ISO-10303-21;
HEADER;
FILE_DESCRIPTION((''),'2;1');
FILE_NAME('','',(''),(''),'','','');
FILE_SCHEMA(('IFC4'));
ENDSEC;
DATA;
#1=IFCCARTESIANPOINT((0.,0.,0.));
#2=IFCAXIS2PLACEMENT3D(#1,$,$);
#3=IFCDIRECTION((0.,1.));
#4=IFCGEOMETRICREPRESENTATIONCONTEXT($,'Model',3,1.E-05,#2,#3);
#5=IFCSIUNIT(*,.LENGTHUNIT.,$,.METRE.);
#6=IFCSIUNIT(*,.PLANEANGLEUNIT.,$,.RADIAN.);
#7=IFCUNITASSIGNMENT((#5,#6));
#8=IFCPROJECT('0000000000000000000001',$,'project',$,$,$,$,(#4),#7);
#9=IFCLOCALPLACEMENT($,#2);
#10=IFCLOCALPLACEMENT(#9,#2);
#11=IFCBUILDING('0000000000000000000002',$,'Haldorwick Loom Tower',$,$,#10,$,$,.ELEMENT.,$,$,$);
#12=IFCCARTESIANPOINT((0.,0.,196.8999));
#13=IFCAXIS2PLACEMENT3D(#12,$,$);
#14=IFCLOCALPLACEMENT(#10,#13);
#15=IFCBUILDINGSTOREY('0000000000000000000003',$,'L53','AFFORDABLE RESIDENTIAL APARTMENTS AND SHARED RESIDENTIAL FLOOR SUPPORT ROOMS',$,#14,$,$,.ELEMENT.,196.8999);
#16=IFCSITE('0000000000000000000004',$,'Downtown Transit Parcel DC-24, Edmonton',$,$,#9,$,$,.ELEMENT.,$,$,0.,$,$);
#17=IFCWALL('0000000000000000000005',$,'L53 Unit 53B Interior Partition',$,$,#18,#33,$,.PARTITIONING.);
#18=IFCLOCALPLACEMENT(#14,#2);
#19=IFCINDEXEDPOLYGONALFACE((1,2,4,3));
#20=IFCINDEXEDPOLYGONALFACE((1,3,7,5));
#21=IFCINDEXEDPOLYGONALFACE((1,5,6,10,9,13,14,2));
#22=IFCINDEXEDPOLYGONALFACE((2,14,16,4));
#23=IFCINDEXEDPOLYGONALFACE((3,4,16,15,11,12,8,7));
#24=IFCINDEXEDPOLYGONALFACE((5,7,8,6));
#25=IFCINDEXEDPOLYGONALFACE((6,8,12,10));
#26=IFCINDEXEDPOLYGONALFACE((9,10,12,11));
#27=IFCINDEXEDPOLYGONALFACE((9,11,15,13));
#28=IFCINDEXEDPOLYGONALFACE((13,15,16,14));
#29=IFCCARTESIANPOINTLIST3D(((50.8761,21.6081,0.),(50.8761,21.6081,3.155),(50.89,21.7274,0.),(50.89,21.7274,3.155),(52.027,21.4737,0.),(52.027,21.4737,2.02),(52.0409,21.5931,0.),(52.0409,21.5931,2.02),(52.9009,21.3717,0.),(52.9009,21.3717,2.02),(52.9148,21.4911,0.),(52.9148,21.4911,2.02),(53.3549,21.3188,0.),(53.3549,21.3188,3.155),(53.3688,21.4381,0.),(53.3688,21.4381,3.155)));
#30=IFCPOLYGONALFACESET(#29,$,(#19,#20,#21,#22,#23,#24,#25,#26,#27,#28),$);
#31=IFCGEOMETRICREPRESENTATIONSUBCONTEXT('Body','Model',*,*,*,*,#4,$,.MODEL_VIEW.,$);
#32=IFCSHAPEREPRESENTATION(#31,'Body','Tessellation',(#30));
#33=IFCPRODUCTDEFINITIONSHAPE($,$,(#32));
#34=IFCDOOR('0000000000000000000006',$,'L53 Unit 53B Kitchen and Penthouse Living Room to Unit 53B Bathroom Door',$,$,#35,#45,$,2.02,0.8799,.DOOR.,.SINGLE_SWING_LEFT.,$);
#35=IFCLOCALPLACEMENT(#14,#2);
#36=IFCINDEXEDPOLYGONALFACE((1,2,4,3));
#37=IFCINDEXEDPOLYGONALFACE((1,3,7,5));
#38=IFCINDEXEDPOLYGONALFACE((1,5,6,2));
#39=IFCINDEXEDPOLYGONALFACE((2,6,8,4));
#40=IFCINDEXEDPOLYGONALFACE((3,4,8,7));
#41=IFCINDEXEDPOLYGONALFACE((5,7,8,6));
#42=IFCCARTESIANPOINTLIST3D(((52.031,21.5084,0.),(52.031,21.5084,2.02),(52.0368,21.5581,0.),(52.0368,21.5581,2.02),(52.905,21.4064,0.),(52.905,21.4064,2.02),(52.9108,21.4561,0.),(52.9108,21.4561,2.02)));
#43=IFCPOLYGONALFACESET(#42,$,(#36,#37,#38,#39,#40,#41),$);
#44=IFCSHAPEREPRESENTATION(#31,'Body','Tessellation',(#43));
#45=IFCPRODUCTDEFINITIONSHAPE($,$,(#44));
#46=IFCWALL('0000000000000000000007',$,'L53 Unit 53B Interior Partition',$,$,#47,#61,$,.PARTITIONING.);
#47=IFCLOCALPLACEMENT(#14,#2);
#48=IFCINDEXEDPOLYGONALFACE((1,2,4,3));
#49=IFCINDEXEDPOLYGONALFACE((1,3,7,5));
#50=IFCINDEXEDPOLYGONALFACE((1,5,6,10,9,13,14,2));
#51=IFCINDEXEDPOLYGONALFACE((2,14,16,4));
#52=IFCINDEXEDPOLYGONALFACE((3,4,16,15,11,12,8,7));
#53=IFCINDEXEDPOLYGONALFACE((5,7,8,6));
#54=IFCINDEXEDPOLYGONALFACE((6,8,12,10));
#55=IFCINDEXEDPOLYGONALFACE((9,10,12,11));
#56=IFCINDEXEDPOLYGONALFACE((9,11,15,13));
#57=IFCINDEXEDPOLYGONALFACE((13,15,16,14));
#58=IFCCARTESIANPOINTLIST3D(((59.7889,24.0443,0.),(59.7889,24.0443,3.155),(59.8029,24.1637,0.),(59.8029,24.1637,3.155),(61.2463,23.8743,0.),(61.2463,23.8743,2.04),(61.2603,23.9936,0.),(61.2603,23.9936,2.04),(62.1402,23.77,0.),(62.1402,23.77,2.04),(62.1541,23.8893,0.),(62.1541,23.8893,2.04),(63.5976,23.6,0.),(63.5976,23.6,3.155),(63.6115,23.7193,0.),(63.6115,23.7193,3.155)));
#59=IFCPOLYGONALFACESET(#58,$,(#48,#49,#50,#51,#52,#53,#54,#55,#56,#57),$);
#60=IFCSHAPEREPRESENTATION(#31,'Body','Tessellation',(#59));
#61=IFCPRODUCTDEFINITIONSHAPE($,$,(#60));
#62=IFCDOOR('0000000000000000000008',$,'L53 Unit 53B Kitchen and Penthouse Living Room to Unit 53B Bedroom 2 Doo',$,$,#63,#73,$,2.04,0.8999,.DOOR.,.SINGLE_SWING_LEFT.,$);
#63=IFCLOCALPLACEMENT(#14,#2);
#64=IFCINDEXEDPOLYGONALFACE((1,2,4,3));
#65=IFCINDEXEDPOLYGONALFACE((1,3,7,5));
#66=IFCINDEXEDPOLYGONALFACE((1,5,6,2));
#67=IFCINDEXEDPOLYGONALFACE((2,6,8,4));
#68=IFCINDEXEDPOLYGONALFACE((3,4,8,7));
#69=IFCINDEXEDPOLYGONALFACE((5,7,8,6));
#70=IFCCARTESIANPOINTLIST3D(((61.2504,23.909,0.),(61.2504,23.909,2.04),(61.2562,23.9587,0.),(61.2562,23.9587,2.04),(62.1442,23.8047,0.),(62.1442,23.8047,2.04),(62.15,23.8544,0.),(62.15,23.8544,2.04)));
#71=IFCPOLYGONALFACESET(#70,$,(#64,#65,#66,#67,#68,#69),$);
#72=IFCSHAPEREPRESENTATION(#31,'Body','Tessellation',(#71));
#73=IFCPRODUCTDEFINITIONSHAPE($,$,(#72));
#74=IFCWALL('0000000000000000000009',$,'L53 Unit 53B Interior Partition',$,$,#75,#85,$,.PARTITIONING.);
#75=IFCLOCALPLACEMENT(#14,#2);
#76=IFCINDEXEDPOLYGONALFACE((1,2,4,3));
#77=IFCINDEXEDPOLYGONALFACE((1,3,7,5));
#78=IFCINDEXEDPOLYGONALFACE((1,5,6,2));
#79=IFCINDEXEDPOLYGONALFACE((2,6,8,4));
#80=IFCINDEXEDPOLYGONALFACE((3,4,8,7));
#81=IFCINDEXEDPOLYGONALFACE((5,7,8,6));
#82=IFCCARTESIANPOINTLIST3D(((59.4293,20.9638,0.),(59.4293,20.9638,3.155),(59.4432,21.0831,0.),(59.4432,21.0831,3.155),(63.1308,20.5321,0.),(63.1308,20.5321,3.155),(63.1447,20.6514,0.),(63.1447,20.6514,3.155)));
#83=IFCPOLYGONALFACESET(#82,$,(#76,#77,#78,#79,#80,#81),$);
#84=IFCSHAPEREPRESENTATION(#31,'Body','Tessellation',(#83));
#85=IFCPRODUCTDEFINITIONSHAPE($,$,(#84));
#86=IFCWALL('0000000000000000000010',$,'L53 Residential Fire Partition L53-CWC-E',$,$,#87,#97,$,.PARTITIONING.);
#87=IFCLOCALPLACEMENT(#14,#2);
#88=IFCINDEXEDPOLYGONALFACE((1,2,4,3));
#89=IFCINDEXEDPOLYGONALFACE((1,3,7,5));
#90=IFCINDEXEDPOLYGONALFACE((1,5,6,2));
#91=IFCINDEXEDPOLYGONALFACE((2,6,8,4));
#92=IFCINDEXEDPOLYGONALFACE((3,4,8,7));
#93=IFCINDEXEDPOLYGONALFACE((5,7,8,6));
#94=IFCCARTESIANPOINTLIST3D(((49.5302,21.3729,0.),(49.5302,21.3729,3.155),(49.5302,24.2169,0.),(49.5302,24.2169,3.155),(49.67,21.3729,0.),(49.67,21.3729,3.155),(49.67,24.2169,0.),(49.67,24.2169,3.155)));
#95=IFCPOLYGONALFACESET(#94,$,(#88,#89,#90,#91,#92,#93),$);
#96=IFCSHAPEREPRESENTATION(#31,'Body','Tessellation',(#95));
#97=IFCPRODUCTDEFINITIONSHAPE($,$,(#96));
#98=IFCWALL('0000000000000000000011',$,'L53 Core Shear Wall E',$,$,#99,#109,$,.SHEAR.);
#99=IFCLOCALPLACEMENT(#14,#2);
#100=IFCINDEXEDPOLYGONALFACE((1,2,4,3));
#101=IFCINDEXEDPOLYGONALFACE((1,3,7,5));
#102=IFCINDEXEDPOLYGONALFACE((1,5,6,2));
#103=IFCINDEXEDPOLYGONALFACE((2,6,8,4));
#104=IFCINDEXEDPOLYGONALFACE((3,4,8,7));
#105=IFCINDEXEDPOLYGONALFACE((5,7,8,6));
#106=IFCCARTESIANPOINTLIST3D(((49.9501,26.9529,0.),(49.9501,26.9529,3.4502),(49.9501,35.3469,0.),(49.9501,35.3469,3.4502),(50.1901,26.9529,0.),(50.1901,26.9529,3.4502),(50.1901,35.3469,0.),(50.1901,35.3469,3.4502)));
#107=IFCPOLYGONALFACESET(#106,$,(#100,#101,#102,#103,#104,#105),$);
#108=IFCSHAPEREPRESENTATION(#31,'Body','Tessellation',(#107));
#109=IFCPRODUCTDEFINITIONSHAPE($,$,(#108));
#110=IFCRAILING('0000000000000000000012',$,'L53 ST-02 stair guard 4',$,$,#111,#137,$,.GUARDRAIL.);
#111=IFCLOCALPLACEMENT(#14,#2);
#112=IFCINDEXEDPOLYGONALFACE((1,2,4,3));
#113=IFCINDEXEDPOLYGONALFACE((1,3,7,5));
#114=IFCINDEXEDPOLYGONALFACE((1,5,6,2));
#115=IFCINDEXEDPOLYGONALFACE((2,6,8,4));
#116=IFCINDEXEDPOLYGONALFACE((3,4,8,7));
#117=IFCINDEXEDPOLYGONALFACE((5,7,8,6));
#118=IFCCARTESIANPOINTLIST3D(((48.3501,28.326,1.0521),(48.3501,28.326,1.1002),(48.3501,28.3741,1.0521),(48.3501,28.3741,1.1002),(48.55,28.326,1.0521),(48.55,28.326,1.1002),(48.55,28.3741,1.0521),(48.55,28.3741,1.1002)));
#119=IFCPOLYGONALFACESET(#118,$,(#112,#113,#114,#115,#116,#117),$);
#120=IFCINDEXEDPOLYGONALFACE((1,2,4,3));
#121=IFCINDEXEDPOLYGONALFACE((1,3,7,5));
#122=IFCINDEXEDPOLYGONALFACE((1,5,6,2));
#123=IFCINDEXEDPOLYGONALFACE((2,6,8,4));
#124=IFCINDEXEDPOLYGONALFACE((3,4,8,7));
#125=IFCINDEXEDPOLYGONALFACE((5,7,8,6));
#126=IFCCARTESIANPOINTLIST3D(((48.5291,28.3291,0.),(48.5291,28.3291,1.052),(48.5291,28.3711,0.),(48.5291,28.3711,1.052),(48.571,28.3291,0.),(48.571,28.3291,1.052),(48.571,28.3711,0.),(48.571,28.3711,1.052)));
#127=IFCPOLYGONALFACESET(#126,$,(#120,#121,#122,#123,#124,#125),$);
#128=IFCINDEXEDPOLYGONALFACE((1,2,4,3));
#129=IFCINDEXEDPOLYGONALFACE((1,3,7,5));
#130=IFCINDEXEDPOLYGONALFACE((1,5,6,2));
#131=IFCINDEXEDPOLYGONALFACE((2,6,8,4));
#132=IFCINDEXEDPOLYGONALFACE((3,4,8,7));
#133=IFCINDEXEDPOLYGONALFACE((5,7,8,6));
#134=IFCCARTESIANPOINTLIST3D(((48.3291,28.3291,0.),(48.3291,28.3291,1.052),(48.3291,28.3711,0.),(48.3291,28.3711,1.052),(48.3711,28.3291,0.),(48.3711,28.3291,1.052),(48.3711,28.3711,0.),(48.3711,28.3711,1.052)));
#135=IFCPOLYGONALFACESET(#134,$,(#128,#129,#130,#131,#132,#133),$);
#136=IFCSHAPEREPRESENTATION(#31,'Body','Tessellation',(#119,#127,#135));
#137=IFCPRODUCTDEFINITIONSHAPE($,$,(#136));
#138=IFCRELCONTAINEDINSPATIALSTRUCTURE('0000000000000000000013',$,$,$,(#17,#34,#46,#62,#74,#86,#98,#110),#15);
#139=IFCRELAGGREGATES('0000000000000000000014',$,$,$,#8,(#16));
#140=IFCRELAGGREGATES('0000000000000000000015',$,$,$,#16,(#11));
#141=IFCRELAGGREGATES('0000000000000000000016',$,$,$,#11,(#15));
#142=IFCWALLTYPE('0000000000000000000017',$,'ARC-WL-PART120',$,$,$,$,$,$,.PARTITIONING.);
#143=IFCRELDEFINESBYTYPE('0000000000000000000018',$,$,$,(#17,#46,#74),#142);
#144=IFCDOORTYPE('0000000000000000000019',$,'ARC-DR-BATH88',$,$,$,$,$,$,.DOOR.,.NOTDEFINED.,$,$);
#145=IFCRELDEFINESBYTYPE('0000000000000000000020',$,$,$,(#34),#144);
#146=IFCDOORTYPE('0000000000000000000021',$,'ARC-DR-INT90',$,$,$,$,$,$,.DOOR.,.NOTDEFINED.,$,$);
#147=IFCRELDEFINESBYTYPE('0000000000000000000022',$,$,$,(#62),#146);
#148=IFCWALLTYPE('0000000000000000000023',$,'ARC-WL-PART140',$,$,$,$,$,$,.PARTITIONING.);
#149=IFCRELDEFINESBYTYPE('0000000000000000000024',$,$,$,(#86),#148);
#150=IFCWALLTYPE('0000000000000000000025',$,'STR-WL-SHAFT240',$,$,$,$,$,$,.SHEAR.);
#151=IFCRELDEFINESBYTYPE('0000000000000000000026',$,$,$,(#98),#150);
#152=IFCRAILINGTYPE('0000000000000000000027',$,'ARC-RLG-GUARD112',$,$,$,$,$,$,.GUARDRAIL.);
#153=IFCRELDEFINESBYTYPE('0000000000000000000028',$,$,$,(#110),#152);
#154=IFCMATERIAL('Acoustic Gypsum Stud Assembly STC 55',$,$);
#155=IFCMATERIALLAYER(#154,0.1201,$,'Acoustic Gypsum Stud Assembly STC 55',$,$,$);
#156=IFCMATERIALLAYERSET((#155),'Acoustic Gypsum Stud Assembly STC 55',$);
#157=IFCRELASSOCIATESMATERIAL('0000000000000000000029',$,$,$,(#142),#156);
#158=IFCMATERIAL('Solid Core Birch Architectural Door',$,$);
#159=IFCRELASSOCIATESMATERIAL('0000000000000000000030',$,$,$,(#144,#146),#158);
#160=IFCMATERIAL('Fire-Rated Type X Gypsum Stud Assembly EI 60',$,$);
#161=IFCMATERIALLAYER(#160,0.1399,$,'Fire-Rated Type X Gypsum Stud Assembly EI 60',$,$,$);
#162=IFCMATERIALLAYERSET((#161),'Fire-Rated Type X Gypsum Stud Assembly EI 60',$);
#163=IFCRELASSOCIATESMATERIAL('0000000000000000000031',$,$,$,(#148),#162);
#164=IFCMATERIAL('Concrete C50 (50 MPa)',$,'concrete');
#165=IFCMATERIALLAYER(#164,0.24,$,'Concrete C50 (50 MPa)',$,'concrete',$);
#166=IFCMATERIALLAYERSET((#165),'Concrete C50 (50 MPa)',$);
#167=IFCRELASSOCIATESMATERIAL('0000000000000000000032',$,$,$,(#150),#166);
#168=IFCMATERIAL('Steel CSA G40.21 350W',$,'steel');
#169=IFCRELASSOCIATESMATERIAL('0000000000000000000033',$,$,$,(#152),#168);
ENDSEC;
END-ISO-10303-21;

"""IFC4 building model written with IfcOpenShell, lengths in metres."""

from ifc_helpers import new_model, si_unit, direction, frame, frame_2d, origin, origin_2d, place, context, subcontext, project, spatial, rectangle, extrude, material, layer, layer_set, type_object, element, fill, save


model = new_model("IFC4")

# Units and contexts
model_context = context("Model", 3, precision=1e-05, world=origin(), true_north=direction((0.0, 1.0)))
body_context = subcontext(model_context, "Body", "Model", "MODEL_VIEW")
ifc_project = project(units=[si_unit("LENGTHUNIT", "METRE"), si_unit("PLANEANGLEUNIT", "RADIAN")], contexts=[model_context])

# Site, building, storey
site_placement = place(None, origin())
site = spatial("IfcSite", under=ifc_project, at=site_placement, Name="Downtown Transit Parcel DC-24, Edmonton", CompositionType="ELEMENT", RefElevation=0.0)
building_placement = place(site_placement, origin())
building = spatial("IfcBuilding", under=site, at=building_placement, Name="Haldorwick Loom Tower", CompositionType="ELEMENT")
storey_placement = place(building_placement, frame((0.0, 0.0, 196.8999)))
storey = spatial("IfcBuildingStorey", under=building, at=storey_placement, Name="L53", Description="AFFORDABLE RESIDENTIAL APARTMENTS AND SHARED RESIDENTIAL FLOOR SUPPORT ROOMS", CompositionType="ELEMENT", Elevation=196.8999)

# Shared definitions
ifc_material_1 = material(Name="Steel CSA G40.21 350W", Category="steel")

# Shared definitions
ifc_material_2 = material(Name="Fire-Rated Type X Gypsum Stud Assembly EI 60")

# Walls, openings, doors
ifc_material_3 = material(Name="Acoustic Gypsum Stud Assembly STC 55")
ifc_layer_1 = layer(ifc_material_3, 0.1201, Name="Acoustic Gypsum Stud Assembly STC 55")
ifc_layer_set_1 = layer_set([ifc_layer_1], Name="Acoustic Gypsum Stud Assembly STC 55")
wall_type_1 = type_object("IfcWallType", Name="ARC-WL-PART120", PredefinedType="PARTITIONING", material=ifc_layer_set_1)
wall_1_placement = place(storey_placement, frame((50.8831, 21.6677, 0.0), z_axis=(0.0, 0.0, 1.0), x_axis=(0.993258, -0.115927, 0.0)))
wall_1 = element("IfcWall", 1, at=wall_1_placement, inside=storey, type_object=wall_type_1, Name="L53 Unit 53B Interior Partition", PredefinedType="PARTITIONING", context=body_context, shape_type="SweptSolid", body=[
    extrude(rectangle(XDim=2.4956, YDim=0.1201, at=frame_2d((1.2478, 0.0))), origin(), (0.0, 0.0, 1.0), 3.155),
])
opening_1_placement = place(wall_1_placement, frame((1.1587, 0.0, 0.0)))
opening_1 = element("IfcOpeningElement", 2, at=opening_1_placement, cuts=wall_1, PredefinedType="OPENING", context=body_context, shape_type="SweptSolid", body=[
    extrude(rectangle(XDim=0.8799, YDim=2.02, at=frame_2d((0.4399, 1.01))), frame((0.0, 0.0701, 0.0), z_axis=(0.0, -1.0, 0.0), x_axis=(1.0, 0.0, 0.0)), (0.0, 0.0, 1.0), 0.1401),
])
ifc_material_4 = material(Name="Solid Core Birch Architectural Door")
door_type_1 = type_object("IfcDoorType", Name="ARC-DR-BATH88", OperationType="NOTDEFINED", PredefinedType="DOOR", material=ifc_material_4)
door_1_placement = place(opening_1_placement, origin())
door_1 = element("IfcDoor", 3, at=door_1_placement, inside=storey, type_object=door_type_1, Name="L53 Unit 53B Kitchen and Penthouse Living Room to Unit 53B Bathroom Door", OperationType="SINGLE_SWING_LEFT", OverallHeight=2.02, OverallWidth=0.8799, PredefinedType="DOOR", context=body_context, shape_type="SweptSolid", body=[
    extrude(rectangle(XDim=0.8799, YDim=2.02, at=frame_2d((0.4399, 1.01))), frame((0.0, 0.0249, 0.0), z_axis=(0.0, -1.0, 0.0), x_axis=(1.0, 0.0, 0.0)), (0.0, 0.0, 1.0), 0.05),
])
fill(opening_1, door_1)
wall_2_placement = place(storey_placement, frame((59.7959, 24.104, 0.0), z_axis=(0.0, 0.0, 1.0), x_axis=(0.993263, -0.115881, 0.0)))
wall_2 = element("IfcWall", 4, at=wall_2_placement, inside=storey, type_object=wall_type_1, Name="L53 Unit 53B Interior Partition", PredefinedType="PARTITIONING", context=body_context, shape_type="SweptSolid", body=[
    extrude(rectangle(XDim=3.8345, YDim=0.1201, at=frame_2d((1.9172, 0.0))), origin(), (0.0, 0.0, 1.0), 3.155),
])
opening_2_placement = place(wall_2_placement, frame((1.4673, 0.0, 0.0)))
opening_2 = element("IfcOpeningElement", 5, at=opening_2_placement, cuts=wall_2, PredefinedType="OPENING", context=body_context, shape_type="SweptSolid", body=[
    extrude(rectangle(XDim=0.8999, YDim=2.04, at=frame_2d((0.45, 1.02))), frame((0.0, 0.0701, 0.0), z_axis=(0.0, -1.0, 0.0), x_axis=(1.0, 0.0, 0.0)), (0.0, 0.0, 1.0), 0.1401),
])
door_type_2 = type_object("IfcDoorType", Name="ARC-DR-INT90", OperationType="NOTDEFINED", PredefinedType="DOOR", material=ifc_material_4)
door_2_placement = place(opening_2_placement, origin())
door_2 = element("IfcDoor", 6, at=door_2_placement, inside=storey, type_object=door_type_2, Name="L53 Unit 53B Kitchen and Penthouse Living Room to Unit 53B Bedroom 2 Doo", OperationType="SINGLE_SWING_LEFT", OverallHeight=2.04, OverallWidth=0.8999, PredefinedType="DOOR", context=body_context, shape_type="SweptSolid", body=[
    extrude(rectangle(XDim=0.8999, YDim=2.04, at=frame_2d((0.45, 1.02))), frame((0.0, 0.0249, 0.0), z_axis=(0.0, -1.0, 0.0), x_axis=(1.0, 0.0, 0.0)), (0.0, 0.0, 1.0), 0.05),
])
fill(opening_2, door_2)

# Walls
wall_3_placement = place(storey_placement, frame((59.4363, 21.0234, 0.0), z_axis=(0.0, 0.0, 1.0), x_axis=(0.993269, -0.11583, 0.0)))
element("IfcWall", 7, at=wall_3_placement, inside=storey, type_object=wall_type_1, Name="L53 Unit 53B Interior Partition", PredefinedType="PARTITIONING", context=body_context, shape_type="SweptSolid", body=[
    extrude(rectangle(XDim=3.7266, YDim=0.1201, at=frame_2d((1.8633, 0.0))), origin(), (0.0, 0.0, 1.0), 3.155),
])
ifc_layer_2 = layer(ifc_material_2, 0.1399, Name="Fire-Rated Type X Gypsum Stud Assembly EI 60")
ifc_layer_set_2 = layer_set([ifc_layer_2], Name="Fire-Rated Type X Gypsum Stud Assembly EI 60")
wall_type_2 = type_object("IfcWallType", Name="ARC-WL-PART140", PredefinedType="PARTITIONING", material=ifc_layer_set_2)
wall_4_placement = place(storey_placement, frame((49.6001, 21.373, 0.0), z_axis=(0.0, 0.0, 1.0), x_axis=(0.0, 1.0, 0.0)))
element("IfcWall", 8, at=wall_4_placement, inside=storey, type_object=wall_type_2, Name="L53 Residential Fire Partition L53-CWC-E", PredefinedType="PARTITIONING", context=body_context, shape_type="SweptSolid", body=[
    extrude(rectangle(XDim=2.844, YDim=0.1399, at=frame_2d((1.4219, 0.0))), origin(), (0.0, 0.0, 1.0), 3.155),
])
ifc_material_5 = material(Name="Concrete C50 (50 MPa)", Category="concrete")
ifc_layer_3 = layer(ifc_material_5, 0.24, Name="Concrete C50 (50 MPa)", Category="concrete")
ifc_layer_set_3 = layer_set([ifc_layer_3], Name="Concrete C50 (50 MPa)")
wall_type_3 = type_object("IfcWallType", Name="STR-WL-SHAFT240", PredefinedType="SHEAR", material=ifc_layer_set_3)
wall_5_placement = place(storey_placement, frame((50.0701, 26.9529, 0.0), z_axis=(0.0, 0.0, 1.0), x_axis=(0.0, 1.0, 0.0)))
element("IfcWall", 9, at=wall_5_placement, inside=storey, type_object=wall_type_3, Name="L53 Core Shear Wall E", PredefinedType="SHEAR", context=body_context, shape_type="SweptSolid", body=[
    extrude(rectangle(XDim=8.394, YDim=0.24, at=frame_2d((4.197, 0.0))), origin(), (0.0, 0.0, 1.0), 3.4502),
])

# Railing
railing_type = type_object("IfcRailingType", Name="ARC-RLG-GUARD112", PredefinedType="GUARDRAIL", material=ifc_material_1)
railing_placement = place(storey_placement, frame((48.55, 28.3501, 0.0)))
element("IfcRailing", 10, at=railing_placement, inside=storey, type_object=railing_type, Name="L53 ST-02 stair guard 4", PredefinedType="GUARDRAIL", context=body_context, shape_type="SweptSolid", body=[
    extrude(rectangle(XDim=0.0481, YDim=0.0481, at=origin_2d()), frame((0.0, 0.0, 1.0762), z_axis=(-1.0, 0.0, 0.0), x_axis=(0.0, -1.0, 0.0)), (0.0, 0.0, 1.0), 0.2),
    extrude(rectangle(XDim=0.042, YDim=0.042, at=origin_2d()), origin(), (0.0, 0.0, 1.0), 1.052),
    extrude(rectangle(XDim=0.042, YDim=0.042, at=origin_2d()), frame((-0.2, 0.0, 0.0)), (0.0, 0.0, 1.0), 1.052),
])

save(model, "model.ifc")
